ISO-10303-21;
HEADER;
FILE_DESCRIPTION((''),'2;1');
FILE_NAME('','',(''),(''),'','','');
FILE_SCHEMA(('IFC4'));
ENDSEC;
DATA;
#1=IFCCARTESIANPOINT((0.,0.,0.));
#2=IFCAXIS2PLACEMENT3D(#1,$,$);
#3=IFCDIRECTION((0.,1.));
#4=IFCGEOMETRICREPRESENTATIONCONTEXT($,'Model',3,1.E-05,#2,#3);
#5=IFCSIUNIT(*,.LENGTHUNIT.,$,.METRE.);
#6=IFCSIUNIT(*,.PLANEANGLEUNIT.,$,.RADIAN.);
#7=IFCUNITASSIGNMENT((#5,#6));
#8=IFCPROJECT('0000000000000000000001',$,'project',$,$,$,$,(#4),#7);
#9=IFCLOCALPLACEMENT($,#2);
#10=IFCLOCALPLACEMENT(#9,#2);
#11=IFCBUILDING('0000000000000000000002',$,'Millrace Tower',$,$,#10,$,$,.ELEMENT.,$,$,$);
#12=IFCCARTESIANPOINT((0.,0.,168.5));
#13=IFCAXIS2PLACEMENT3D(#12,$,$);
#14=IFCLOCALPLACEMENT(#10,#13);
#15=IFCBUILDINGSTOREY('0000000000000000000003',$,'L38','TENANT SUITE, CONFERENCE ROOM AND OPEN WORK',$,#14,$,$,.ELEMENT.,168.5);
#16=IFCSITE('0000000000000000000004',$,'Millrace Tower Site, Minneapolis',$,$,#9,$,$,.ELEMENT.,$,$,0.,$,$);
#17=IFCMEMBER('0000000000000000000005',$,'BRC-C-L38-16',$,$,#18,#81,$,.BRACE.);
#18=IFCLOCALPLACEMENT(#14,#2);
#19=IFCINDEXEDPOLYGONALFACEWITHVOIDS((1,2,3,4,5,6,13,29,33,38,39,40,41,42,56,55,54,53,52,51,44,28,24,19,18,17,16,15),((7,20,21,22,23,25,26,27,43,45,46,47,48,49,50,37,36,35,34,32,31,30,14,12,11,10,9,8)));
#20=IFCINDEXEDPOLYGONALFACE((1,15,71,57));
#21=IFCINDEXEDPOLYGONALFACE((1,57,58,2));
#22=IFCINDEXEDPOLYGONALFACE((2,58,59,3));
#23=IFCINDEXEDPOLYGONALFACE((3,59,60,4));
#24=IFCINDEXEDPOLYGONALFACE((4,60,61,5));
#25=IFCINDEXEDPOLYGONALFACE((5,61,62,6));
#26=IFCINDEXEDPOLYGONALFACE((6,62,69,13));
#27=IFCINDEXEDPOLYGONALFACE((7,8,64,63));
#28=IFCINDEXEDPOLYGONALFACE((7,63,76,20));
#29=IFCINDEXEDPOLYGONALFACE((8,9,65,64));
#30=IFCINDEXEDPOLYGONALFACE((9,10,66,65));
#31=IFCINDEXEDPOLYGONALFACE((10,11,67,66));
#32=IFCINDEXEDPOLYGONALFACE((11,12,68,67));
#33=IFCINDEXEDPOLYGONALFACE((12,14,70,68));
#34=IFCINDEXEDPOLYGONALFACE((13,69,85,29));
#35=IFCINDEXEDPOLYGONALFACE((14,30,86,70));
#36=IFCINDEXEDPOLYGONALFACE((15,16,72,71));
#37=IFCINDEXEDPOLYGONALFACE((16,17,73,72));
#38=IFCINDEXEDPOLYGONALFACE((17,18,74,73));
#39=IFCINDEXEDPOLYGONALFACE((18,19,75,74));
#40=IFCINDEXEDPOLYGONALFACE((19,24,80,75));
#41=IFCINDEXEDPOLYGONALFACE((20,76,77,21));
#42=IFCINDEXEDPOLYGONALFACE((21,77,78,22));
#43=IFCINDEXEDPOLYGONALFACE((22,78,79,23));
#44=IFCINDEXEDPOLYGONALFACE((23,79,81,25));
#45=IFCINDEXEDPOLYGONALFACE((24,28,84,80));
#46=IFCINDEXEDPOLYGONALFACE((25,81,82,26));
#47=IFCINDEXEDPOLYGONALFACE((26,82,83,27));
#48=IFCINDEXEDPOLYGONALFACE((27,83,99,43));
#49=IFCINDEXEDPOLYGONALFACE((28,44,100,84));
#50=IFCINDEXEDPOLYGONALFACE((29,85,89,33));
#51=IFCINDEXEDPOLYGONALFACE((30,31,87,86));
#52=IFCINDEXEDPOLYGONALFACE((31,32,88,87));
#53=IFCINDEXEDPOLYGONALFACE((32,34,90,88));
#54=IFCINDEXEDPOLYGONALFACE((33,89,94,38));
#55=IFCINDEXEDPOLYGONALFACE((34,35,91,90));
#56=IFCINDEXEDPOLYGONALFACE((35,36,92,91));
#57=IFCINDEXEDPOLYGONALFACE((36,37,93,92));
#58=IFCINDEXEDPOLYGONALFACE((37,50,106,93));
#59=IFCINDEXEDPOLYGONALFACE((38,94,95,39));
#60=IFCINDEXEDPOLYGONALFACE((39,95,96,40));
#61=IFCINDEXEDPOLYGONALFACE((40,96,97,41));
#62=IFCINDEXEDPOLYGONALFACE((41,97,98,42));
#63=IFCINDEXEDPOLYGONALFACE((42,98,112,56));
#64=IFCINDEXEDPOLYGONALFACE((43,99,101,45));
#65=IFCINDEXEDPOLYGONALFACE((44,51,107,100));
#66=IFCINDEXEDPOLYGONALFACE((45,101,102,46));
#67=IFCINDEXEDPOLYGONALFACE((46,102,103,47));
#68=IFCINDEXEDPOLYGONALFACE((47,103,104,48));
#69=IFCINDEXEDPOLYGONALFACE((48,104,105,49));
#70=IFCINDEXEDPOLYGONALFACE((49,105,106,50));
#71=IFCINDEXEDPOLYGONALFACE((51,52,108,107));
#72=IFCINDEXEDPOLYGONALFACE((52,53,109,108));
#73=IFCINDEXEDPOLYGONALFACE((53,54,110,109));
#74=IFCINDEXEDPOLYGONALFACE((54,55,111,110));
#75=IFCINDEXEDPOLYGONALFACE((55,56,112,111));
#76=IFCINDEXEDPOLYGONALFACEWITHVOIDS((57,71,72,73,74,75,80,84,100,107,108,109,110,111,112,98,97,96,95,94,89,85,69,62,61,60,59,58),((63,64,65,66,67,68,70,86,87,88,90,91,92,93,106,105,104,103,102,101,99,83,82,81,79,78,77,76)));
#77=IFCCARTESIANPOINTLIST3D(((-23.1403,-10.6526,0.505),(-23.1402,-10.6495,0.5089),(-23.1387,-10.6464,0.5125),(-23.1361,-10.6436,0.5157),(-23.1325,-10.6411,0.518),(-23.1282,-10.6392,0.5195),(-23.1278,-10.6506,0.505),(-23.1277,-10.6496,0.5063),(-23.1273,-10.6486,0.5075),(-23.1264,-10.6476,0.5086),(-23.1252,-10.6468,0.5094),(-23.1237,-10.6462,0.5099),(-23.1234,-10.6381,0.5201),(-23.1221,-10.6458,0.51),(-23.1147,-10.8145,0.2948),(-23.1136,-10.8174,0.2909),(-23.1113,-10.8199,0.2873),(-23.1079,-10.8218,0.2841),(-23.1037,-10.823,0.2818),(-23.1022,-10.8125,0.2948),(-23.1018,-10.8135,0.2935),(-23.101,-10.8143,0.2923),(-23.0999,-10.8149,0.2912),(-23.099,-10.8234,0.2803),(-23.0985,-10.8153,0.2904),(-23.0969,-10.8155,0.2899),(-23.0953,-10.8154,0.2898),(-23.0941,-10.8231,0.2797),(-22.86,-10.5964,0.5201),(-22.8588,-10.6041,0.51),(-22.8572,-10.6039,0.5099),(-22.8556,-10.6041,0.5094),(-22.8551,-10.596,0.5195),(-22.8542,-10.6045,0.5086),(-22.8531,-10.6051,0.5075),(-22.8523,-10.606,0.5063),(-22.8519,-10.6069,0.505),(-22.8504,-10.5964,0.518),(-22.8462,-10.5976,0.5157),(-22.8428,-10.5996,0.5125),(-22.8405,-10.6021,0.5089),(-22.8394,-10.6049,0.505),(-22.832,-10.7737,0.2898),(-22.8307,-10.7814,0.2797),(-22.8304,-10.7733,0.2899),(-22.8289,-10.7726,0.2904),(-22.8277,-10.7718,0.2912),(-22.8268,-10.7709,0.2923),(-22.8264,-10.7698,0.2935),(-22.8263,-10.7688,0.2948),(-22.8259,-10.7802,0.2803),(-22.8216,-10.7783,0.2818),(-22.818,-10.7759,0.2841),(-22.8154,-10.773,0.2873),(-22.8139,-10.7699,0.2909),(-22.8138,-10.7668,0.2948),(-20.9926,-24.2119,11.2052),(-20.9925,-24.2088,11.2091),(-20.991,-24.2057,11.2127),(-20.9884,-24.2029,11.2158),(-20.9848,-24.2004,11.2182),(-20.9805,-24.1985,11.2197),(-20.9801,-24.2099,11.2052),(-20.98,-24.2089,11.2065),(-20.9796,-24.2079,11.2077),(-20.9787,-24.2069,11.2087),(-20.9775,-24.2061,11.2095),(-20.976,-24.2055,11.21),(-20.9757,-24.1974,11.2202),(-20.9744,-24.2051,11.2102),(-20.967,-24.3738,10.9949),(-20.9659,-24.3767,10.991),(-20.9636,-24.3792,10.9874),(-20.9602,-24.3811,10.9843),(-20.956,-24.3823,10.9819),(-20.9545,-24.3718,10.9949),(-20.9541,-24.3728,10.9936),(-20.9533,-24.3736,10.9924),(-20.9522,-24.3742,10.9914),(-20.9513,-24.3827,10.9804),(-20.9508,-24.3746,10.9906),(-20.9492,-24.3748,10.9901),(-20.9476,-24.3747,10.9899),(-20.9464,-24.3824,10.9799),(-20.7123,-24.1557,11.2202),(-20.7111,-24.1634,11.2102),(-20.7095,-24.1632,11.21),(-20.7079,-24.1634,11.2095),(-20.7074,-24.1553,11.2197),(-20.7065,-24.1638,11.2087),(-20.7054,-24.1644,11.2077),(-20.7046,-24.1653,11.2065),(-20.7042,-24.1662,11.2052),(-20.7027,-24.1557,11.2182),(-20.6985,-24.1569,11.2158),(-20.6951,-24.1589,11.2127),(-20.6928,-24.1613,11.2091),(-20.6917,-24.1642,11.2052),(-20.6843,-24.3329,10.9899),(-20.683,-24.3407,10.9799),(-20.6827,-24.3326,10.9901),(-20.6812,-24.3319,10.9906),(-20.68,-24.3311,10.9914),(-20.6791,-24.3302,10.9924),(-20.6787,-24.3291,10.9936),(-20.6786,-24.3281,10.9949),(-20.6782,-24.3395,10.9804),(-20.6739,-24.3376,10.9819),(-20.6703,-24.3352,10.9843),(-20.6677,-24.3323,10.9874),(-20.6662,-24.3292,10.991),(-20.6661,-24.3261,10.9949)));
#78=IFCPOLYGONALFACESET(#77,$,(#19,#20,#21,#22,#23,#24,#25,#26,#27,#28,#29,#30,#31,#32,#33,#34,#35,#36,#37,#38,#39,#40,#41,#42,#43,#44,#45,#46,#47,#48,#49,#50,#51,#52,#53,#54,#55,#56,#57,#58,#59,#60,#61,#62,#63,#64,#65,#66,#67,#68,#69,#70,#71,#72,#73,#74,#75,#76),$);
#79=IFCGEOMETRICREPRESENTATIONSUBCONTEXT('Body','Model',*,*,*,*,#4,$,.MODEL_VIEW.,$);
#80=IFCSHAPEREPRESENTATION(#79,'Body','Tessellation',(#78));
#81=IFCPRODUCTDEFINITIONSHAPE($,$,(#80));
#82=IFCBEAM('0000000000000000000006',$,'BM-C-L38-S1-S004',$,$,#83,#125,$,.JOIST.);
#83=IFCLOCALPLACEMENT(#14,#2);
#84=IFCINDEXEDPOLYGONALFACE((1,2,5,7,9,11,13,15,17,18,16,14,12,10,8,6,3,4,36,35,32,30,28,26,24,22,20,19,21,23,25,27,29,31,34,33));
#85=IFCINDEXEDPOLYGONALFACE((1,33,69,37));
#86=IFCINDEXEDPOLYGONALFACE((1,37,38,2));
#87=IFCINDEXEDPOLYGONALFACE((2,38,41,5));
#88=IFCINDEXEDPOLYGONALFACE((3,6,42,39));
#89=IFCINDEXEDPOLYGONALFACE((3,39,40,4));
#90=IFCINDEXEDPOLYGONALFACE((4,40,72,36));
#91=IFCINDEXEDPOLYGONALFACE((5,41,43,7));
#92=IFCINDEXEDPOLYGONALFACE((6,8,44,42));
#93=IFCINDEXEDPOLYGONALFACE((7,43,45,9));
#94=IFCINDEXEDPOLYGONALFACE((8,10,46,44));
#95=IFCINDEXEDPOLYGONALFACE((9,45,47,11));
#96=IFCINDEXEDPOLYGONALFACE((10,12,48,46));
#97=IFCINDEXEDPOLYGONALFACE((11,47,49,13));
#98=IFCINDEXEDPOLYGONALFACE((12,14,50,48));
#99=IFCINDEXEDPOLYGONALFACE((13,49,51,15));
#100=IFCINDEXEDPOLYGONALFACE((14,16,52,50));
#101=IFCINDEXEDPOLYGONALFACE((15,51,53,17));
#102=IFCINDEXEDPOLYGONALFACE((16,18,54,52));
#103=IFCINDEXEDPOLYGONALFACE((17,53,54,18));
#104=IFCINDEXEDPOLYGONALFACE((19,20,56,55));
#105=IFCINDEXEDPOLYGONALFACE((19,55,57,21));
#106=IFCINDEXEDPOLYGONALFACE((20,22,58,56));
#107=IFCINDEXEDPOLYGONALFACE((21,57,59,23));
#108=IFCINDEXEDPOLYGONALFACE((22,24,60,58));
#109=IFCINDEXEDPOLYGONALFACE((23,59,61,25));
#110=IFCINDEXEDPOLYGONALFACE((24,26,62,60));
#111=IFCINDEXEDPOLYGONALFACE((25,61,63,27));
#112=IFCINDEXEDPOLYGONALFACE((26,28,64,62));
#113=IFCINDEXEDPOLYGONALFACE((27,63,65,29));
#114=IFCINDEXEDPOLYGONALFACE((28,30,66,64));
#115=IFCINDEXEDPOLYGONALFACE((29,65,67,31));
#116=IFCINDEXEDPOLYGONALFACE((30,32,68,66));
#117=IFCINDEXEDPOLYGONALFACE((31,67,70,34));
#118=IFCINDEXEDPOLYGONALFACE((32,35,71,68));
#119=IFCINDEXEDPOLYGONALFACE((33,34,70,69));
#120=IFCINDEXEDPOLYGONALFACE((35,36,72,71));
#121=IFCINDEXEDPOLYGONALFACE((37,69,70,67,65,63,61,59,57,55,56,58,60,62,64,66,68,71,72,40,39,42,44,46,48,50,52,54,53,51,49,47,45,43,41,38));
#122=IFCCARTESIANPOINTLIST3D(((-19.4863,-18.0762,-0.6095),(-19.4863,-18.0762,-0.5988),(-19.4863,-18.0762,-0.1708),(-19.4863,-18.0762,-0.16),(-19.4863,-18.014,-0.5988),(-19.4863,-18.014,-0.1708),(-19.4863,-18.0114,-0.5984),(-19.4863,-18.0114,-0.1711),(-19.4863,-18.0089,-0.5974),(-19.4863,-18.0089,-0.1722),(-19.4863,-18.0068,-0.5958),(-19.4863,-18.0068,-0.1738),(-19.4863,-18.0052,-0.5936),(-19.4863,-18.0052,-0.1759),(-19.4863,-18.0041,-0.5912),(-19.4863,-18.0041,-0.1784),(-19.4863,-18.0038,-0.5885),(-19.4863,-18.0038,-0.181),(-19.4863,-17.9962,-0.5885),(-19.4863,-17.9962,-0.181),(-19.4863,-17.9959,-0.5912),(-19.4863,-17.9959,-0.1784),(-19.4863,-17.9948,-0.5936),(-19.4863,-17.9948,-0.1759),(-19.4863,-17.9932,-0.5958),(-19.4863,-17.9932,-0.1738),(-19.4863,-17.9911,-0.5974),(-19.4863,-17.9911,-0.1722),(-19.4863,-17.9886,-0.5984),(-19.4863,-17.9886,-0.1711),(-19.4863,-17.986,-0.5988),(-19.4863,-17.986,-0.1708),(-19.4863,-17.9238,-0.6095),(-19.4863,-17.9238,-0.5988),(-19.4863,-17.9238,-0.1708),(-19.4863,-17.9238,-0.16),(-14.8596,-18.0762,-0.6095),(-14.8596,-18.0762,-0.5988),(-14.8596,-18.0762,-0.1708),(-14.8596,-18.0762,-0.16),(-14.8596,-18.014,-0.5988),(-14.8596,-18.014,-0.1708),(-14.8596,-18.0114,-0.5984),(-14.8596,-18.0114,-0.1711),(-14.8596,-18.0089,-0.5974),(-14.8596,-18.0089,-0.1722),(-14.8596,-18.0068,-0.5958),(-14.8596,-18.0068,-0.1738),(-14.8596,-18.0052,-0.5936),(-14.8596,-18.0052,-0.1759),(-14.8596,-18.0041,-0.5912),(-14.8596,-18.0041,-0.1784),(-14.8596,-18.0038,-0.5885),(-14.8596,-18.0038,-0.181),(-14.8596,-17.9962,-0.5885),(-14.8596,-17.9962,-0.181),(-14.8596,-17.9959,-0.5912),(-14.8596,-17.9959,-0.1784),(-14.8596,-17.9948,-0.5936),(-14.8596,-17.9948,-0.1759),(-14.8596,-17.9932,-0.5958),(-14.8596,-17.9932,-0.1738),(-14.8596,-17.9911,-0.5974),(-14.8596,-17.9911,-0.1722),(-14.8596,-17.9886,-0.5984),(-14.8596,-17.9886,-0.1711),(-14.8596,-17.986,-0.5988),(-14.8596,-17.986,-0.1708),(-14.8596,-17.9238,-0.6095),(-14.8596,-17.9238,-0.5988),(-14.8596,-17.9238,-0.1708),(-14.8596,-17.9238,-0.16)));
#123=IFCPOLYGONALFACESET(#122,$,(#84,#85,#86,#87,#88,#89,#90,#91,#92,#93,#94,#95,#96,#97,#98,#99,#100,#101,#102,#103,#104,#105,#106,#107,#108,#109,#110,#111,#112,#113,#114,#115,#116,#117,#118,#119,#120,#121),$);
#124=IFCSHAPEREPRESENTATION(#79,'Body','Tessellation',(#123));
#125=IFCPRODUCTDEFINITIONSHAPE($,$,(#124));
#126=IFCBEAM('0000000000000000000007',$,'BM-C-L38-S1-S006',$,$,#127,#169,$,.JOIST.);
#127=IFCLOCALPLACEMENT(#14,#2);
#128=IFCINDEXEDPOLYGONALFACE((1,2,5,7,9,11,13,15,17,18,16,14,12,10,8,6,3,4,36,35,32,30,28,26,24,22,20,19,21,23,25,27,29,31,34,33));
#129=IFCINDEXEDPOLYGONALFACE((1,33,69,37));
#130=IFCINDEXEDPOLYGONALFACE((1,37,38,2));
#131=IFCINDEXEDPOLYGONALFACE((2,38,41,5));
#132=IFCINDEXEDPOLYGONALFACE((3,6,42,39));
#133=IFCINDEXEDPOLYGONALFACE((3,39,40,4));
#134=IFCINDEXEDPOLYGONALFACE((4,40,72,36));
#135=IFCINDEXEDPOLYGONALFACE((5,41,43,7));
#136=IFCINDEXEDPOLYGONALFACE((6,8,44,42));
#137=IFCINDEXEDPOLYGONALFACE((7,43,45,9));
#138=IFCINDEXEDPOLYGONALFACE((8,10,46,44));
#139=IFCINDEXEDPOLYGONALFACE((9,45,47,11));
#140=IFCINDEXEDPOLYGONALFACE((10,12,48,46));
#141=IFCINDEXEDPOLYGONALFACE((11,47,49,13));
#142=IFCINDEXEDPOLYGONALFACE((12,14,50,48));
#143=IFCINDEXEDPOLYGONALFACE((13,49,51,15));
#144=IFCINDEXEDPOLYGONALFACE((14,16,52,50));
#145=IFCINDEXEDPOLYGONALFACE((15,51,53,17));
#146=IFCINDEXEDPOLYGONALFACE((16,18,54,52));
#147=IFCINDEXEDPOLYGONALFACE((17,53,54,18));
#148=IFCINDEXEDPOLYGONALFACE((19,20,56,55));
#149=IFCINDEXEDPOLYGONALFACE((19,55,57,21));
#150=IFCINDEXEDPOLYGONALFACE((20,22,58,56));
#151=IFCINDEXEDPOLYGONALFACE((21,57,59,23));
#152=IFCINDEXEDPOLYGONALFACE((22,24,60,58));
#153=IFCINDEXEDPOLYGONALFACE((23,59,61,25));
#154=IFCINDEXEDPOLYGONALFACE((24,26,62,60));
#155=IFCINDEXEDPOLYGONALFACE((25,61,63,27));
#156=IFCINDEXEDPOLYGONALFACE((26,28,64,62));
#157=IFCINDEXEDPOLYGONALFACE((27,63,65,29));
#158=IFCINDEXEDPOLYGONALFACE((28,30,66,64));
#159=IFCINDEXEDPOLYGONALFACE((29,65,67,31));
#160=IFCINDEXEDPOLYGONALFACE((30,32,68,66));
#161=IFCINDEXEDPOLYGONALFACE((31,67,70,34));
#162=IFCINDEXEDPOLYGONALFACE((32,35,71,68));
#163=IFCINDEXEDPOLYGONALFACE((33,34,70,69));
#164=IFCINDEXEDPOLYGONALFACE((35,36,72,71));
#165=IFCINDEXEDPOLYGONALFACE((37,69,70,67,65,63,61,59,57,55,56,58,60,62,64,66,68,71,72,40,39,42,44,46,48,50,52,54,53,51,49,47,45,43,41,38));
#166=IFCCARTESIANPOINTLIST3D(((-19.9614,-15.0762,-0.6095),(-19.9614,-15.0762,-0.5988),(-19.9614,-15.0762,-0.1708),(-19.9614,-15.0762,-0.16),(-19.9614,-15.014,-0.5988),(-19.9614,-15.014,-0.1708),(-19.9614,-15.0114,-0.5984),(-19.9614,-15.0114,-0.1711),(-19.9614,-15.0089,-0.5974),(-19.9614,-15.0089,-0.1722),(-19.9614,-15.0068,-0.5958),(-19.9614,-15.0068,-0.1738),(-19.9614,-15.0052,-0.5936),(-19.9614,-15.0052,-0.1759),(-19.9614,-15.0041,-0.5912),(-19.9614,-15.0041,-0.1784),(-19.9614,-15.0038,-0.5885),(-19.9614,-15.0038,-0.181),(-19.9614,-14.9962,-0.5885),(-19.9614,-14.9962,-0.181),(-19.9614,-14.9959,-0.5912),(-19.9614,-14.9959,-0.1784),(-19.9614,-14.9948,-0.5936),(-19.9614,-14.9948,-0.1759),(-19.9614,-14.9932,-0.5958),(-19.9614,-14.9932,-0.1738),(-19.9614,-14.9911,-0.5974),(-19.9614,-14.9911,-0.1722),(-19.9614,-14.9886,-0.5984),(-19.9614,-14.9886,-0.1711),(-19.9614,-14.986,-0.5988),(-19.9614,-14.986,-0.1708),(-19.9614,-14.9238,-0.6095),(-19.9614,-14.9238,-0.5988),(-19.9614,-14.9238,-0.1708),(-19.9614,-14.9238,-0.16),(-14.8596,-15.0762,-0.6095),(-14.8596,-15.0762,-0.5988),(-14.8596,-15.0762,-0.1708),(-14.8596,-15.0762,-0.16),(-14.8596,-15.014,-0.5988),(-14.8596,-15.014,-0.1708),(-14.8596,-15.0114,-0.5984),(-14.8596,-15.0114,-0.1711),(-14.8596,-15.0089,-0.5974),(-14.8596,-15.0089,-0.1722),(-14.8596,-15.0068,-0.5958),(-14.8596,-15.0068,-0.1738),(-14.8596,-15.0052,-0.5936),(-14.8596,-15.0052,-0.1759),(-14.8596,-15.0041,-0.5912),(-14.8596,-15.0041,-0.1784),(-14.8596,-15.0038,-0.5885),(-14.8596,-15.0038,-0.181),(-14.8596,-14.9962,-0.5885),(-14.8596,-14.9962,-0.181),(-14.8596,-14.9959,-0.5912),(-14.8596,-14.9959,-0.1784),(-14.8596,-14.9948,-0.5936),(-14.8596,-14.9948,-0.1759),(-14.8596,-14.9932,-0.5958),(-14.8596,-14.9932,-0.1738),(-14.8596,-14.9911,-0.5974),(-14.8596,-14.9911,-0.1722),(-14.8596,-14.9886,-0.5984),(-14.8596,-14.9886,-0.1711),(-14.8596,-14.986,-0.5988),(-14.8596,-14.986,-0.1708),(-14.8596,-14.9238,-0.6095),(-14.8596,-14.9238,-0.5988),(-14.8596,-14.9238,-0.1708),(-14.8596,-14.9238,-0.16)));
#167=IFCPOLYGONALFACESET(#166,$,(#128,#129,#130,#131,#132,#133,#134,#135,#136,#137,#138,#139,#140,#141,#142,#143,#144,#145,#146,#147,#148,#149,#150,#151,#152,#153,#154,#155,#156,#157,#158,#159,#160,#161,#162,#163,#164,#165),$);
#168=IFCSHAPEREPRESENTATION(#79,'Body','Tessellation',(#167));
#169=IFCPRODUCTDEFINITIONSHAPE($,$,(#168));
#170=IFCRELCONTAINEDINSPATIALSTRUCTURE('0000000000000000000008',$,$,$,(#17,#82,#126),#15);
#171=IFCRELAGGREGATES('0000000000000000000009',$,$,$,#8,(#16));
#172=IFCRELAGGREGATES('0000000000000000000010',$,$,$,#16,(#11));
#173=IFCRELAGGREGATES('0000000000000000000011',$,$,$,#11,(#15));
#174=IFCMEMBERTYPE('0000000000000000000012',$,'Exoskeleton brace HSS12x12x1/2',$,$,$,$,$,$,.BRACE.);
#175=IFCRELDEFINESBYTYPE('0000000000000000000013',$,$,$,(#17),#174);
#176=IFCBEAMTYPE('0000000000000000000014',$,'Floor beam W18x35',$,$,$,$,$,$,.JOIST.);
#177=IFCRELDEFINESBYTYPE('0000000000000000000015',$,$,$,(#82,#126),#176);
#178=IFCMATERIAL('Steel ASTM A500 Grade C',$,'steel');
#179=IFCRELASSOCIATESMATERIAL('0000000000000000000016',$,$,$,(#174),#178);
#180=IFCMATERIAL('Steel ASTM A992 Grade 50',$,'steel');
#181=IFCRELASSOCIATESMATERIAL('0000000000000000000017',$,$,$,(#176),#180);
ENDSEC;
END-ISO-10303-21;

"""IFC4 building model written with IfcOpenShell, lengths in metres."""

from ifc_helpers import new_model, si_unit, direction, frame, origin, origin_2d, place, context, subcontext, project, spatial, hollow_rectangle, i_section, extrude, material, material_profile, profile_set, type_object, element, save


model = new_model("IFC4")

# Units and contexts
model_context = context("Model", 3, precision=1e-05, world=origin(), true_north=direction((0.0, 1.0)))
body_context = subcontext(model_context, "Body", "Model", "MODEL_VIEW")
ifc_project = project(units=[si_unit("LENGTHUNIT", "METRE"), si_unit("PLANEANGLEUNIT", "RADIAN")], contexts=[model_context])

# Site, building, storey
site_placement = place(None, origin())
site = spatial("IfcSite", under=ifc_project, at=site_placement, Name="Millrace Tower Site, Minneapolis", CompositionType="ELEMENT", RefElevation=0.0)
building_placement = place(site_placement, origin())
building = spatial("IfcBuilding", under=site, at=building_placement, Name="Millrace Tower", CompositionType="ELEMENT")
storey_placement = place(building_placement, frame((0.0, 0.0, 168.5)))
storey = spatial("IfcBuildingStorey", under=building, at=storey_placement, Name="L38", Description="TENANT SUITE, CONFERENCE ROOM AND OPEN WORK", CompositionType="ELEMENT", Elevation=168.5)

# Member
ifc_material_1 = material(Name="Steel ASTM A500 Grade C", Category="steel")
ifc_material_profile_1 = material_profile(ifc_material_1, hollow_rectangle(XDim=0.3047, YDim=0.3047, WallThickness=0.0127, InnerFilletRadius=0.0063, OuterFilletRadius=0.019, at=origin_2d()))
ifc_profile_set_1 = profile_set([ifc_material_profile_1], Name="Steel ASTM A500 Grade C")
member_type_1 = type_object("IfcMemberType", Name="Exoskeleton brace HSS12x12x1/2", PredefinedType="BRACE", material=ifc_profile_set_1)
member_1_placement = place(storey_placement, frame((-22.9771, -10.7097, 0.3999), z_axis=(0.12339, -0.779012, 0.614749), x_axis=(0.987687, 0.156443, 0.0)))
element("IfcMember", 1, at=member_1_placement, inside=storey, type_object=member_type_1, Name="BRC-C-L38-16", PredefinedType="BRACE", context=body_context, shape_type="SweptSolid", body=[
    extrude(hollow_rectangle(XDim=0.3047, YDim=0.3047, WallThickness=0.0127, InnerFilletRadius=0.0063, OuterFilletRadius=0.019, at=origin_2d()), origin(), (0.0, 0.0, 1.0), 17.4058),
])

# Beams
ifc_material_2 = material(Name="Steel ASTM A992 Grade 50", Category="steel")
ifc_material_profile_2 = material_profile(ifc_material_2, i_section(OverallWidth=0.1523, OverallDepth=0.4495, WebThickness=0.0076, FlangeThickness=0.0107, FilletRadius=0.0103, at=origin_2d()))
ifc_profile_set_2 = profile_set([ifc_material_profile_2], Name="Steel ASTM A992 Grade 50")
beam_type_1 = type_object("IfcBeamType", Name="Floor beam W18x35", PredefinedType="JOIST", material=ifc_profile_set_2)
beam_1_placement = place(storey_placement, frame((-19.4863, -18.0, -0.3848), z_axis=(1.0, 0.0, 0.0), x_axis=(0.0, 1.0, 0.0)))
element("IfcBeam", 2, at=beam_1_placement, inside=storey, type_object=beam_type_1, Name="BM-C-L38-S1-S004", PredefinedType="JOIST", context=body_context, shape_type="SweptSolid", body=[
    extrude(i_section(OverallWidth=0.1523, OverallDepth=0.4495, WebThickness=0.0076, FlangeThickness=0.0107, FilletRadius=0.0103, at=origin_2d()), origin(), (0.0, 0.0, 1.0), 4.6267),
])
beam_2_placement = place(storey_placement, frame((-19.9614, -15.0, -0.3848), z_axis=(1.0, 0.0, 0.0), x_axis=(0.0, 1.0, 0.0)))
element("IfcBeam", 3, at=beam_2_placement, inside=storey, type_object=beam_type_1, Name="BM-C-L38-S1-S006", PredefinedType="JOIST", context=body_context, shape_type="SweptSolid", body=[
    extrude(i_section(OverallWidth=0.1523, OverallDepth=0.4495, WebThickness=0.0076, FlangeThickness=0.0107, FilletRadius=0.0103, at=origin_2d()), origin(), (0.0, 0.0, 1.0), 5.1018),
])

save(model, "model.ifc")
